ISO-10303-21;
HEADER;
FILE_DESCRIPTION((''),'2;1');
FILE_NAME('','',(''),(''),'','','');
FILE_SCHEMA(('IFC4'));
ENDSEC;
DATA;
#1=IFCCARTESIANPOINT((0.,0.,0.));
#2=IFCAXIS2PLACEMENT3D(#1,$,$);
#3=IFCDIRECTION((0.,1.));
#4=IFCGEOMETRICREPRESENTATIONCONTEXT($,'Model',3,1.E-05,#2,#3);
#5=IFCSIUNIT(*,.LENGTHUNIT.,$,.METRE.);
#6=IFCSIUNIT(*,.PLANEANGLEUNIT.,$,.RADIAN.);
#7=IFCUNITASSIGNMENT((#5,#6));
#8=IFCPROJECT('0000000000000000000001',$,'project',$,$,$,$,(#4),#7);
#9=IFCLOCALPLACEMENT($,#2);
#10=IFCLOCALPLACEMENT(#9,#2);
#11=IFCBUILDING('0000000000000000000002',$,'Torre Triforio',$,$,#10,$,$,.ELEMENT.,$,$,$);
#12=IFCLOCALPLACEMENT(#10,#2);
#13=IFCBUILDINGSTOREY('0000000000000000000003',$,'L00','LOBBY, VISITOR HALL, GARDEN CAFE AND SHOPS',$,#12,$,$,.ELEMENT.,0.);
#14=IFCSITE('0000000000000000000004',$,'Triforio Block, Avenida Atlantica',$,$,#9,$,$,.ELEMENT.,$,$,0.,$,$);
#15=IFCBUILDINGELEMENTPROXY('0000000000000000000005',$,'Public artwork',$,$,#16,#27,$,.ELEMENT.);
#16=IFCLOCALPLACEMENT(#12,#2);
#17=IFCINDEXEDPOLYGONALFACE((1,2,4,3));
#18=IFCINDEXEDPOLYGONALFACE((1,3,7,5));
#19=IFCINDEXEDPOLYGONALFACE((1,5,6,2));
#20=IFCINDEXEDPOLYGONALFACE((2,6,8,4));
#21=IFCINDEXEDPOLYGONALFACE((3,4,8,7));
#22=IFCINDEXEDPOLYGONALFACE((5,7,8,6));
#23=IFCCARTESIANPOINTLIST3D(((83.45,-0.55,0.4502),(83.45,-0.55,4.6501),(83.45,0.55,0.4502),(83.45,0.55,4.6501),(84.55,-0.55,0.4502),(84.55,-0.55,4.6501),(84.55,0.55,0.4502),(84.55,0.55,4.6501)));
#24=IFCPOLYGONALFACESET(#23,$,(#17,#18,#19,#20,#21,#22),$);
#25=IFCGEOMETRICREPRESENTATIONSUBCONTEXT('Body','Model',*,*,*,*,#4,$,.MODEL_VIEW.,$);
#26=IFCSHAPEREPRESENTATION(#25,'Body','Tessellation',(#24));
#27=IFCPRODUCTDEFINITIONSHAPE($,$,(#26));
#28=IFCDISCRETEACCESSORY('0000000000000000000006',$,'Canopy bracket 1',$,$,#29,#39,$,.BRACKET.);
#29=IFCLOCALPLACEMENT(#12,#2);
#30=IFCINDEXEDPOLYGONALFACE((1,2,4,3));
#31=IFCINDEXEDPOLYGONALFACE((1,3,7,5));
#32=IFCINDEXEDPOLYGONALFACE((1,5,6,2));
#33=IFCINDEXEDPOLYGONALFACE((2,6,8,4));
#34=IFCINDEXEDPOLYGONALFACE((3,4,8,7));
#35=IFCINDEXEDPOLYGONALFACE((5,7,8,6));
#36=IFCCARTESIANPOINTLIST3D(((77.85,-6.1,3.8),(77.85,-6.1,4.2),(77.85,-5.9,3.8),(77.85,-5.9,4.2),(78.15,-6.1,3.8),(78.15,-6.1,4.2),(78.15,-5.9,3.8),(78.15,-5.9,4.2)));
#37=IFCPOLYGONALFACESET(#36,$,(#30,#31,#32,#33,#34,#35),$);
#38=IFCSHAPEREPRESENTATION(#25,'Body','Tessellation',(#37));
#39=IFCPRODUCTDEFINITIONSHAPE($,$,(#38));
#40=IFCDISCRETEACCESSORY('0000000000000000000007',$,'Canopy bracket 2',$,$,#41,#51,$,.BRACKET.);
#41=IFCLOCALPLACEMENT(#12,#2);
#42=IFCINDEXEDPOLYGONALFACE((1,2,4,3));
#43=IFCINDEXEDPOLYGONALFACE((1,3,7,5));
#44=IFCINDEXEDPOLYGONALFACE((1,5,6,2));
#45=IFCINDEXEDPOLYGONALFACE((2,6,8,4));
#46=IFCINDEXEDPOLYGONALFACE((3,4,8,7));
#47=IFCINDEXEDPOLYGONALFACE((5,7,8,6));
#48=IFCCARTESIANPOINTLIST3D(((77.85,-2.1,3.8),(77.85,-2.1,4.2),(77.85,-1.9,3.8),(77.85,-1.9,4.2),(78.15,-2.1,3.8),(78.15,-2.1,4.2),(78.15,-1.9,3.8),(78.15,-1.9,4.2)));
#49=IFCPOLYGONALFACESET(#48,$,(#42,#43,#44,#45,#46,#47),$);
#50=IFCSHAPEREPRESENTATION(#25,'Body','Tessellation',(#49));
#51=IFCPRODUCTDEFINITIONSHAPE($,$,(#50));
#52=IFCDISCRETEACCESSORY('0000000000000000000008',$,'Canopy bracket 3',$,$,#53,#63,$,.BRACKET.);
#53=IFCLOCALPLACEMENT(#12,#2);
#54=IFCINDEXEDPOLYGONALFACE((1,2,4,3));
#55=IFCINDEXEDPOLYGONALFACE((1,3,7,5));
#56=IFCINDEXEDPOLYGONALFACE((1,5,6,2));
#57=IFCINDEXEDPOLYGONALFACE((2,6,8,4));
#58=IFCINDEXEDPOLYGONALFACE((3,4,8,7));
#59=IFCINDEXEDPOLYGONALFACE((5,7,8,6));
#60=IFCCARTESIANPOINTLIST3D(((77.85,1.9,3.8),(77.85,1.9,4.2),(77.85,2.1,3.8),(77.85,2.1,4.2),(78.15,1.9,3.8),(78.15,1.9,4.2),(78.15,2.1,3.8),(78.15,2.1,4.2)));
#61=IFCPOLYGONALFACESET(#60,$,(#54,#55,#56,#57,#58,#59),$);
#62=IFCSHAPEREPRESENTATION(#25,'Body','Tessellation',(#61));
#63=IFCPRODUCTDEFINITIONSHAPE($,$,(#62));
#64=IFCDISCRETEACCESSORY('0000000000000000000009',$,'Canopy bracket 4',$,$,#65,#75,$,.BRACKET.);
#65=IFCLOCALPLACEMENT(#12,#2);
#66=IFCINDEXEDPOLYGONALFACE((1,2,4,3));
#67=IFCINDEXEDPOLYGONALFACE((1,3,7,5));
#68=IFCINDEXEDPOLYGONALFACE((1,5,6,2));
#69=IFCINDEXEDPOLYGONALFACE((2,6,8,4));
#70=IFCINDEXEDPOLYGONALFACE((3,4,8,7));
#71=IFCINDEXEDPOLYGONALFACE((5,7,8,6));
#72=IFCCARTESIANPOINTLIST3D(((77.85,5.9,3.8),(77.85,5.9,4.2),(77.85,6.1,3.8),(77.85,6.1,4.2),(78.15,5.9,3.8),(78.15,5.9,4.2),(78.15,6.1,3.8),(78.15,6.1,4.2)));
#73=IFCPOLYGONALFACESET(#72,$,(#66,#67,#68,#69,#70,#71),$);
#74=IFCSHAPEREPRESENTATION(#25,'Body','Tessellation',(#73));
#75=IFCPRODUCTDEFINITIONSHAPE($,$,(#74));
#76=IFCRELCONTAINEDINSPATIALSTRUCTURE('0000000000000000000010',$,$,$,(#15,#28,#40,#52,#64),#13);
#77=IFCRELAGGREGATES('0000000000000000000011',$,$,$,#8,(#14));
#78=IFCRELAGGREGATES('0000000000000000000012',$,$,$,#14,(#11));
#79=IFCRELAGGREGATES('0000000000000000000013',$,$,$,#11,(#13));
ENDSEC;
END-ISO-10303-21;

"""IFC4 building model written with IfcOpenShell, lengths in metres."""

from ifc_helpers import new_model, si_unit, direction, frame, origin, origin_2d, place, context, subcontext, project, spatial, rectangle, extrude, element, save


model = new_model("IFC4")

# Units and contexts
model_context = context("Model", 3, precision=1e-05, world=origin(), true_north=direction((0.0, 1.0)))
body_context = subcontext(model_context, "Body", "Model", "MODEL_VIEW")
ifc_project = project(units=[si_unit("LENGTHUNIT", "METRE"), si_unit("PLANEANGLEUNIT", "RADIAN")], contexts=[model_context])

# Site, building, storey
site_placement = place(None, origin())
site = spatial("IfcSite", under=ifc_project, at=site_placement, Name="Triforio Block, Avenida Atlantica", CompositionType="ELEMENT", RefElevation=0.0)
building_placement = place(site_placement, origin())
building = spatial("IfcBuilding", under=site, at=building_placement, Name="Torre Triforio", CompositionType="ELEMENT")
storey_placement = place(building_placement, origin())
storey = spatial("IfcBuildingStorey", under=building, at=storey_placement, Name="L00", Description="LOBBY, VISITOR HALL, GARDEN CAFE AND SHOPS", CompositionType="ELEMENT", Elevation=0.0)

# Building element proxy
proxy_placement = place(storey_placement, frame((84.0, 0.0, 0.4502), z_axis=(0.0, 0.0, 1.0), x_axis=(1.0, 0.0, 0.0)))
element("IfcBuildingElementProxy", 1, at=proxy_placement, inside=storey, Name="Public artwork", PredefinedType="ELEMENT", context=body_context, shape_type="SweptSolid", body=[
    extrude(rectangle(XDim=1.1001, YDim=1.1001, at=origin_2d()), origin(), (0.0, 0.0, 1.0), 4.2),
])

# Discrete accessories
for number, where, z_axis, x_axis, name in (
    (2, (78.0, -6.0, 3.8), (0.0, 0.0, 1.0), (1.0, 0.0, 0.0), "Canopy bracket 1"),
    (3, (78.0, -2.0, 3.8), (0.0, 0.0, 1.0), (1.0, 0.0, 0.0), "Canopy bracket 2"),
    (4, (78.0, 2.0, 3.8), (0.0, 0.0, 1.0), (1.0, 0.0, 0.0), "Canopy bracket 3"),
    (5, (78.0, 6.0, 3.8), (0.0, 0.0, 1.0), (1.0, 0.0, 0.0), "Canopy bracket 4"),
):
    element("IfcDiscreteAccessory", number, at=place(storey_placement, frame(where, z_axis=z_axis, x_axis=x_axis)), inside=storey, Name=name, PredefinedType="BRACKET", context=body_context, shape_type="SweptSolid", body=[
        extrude(rectangle(XDim=0.3, YDim=0.2, at=origin_2d()), origin(), (0.0, 0.0, 1.0), 0.3999),
    ])

save(model, "model.ifc")
